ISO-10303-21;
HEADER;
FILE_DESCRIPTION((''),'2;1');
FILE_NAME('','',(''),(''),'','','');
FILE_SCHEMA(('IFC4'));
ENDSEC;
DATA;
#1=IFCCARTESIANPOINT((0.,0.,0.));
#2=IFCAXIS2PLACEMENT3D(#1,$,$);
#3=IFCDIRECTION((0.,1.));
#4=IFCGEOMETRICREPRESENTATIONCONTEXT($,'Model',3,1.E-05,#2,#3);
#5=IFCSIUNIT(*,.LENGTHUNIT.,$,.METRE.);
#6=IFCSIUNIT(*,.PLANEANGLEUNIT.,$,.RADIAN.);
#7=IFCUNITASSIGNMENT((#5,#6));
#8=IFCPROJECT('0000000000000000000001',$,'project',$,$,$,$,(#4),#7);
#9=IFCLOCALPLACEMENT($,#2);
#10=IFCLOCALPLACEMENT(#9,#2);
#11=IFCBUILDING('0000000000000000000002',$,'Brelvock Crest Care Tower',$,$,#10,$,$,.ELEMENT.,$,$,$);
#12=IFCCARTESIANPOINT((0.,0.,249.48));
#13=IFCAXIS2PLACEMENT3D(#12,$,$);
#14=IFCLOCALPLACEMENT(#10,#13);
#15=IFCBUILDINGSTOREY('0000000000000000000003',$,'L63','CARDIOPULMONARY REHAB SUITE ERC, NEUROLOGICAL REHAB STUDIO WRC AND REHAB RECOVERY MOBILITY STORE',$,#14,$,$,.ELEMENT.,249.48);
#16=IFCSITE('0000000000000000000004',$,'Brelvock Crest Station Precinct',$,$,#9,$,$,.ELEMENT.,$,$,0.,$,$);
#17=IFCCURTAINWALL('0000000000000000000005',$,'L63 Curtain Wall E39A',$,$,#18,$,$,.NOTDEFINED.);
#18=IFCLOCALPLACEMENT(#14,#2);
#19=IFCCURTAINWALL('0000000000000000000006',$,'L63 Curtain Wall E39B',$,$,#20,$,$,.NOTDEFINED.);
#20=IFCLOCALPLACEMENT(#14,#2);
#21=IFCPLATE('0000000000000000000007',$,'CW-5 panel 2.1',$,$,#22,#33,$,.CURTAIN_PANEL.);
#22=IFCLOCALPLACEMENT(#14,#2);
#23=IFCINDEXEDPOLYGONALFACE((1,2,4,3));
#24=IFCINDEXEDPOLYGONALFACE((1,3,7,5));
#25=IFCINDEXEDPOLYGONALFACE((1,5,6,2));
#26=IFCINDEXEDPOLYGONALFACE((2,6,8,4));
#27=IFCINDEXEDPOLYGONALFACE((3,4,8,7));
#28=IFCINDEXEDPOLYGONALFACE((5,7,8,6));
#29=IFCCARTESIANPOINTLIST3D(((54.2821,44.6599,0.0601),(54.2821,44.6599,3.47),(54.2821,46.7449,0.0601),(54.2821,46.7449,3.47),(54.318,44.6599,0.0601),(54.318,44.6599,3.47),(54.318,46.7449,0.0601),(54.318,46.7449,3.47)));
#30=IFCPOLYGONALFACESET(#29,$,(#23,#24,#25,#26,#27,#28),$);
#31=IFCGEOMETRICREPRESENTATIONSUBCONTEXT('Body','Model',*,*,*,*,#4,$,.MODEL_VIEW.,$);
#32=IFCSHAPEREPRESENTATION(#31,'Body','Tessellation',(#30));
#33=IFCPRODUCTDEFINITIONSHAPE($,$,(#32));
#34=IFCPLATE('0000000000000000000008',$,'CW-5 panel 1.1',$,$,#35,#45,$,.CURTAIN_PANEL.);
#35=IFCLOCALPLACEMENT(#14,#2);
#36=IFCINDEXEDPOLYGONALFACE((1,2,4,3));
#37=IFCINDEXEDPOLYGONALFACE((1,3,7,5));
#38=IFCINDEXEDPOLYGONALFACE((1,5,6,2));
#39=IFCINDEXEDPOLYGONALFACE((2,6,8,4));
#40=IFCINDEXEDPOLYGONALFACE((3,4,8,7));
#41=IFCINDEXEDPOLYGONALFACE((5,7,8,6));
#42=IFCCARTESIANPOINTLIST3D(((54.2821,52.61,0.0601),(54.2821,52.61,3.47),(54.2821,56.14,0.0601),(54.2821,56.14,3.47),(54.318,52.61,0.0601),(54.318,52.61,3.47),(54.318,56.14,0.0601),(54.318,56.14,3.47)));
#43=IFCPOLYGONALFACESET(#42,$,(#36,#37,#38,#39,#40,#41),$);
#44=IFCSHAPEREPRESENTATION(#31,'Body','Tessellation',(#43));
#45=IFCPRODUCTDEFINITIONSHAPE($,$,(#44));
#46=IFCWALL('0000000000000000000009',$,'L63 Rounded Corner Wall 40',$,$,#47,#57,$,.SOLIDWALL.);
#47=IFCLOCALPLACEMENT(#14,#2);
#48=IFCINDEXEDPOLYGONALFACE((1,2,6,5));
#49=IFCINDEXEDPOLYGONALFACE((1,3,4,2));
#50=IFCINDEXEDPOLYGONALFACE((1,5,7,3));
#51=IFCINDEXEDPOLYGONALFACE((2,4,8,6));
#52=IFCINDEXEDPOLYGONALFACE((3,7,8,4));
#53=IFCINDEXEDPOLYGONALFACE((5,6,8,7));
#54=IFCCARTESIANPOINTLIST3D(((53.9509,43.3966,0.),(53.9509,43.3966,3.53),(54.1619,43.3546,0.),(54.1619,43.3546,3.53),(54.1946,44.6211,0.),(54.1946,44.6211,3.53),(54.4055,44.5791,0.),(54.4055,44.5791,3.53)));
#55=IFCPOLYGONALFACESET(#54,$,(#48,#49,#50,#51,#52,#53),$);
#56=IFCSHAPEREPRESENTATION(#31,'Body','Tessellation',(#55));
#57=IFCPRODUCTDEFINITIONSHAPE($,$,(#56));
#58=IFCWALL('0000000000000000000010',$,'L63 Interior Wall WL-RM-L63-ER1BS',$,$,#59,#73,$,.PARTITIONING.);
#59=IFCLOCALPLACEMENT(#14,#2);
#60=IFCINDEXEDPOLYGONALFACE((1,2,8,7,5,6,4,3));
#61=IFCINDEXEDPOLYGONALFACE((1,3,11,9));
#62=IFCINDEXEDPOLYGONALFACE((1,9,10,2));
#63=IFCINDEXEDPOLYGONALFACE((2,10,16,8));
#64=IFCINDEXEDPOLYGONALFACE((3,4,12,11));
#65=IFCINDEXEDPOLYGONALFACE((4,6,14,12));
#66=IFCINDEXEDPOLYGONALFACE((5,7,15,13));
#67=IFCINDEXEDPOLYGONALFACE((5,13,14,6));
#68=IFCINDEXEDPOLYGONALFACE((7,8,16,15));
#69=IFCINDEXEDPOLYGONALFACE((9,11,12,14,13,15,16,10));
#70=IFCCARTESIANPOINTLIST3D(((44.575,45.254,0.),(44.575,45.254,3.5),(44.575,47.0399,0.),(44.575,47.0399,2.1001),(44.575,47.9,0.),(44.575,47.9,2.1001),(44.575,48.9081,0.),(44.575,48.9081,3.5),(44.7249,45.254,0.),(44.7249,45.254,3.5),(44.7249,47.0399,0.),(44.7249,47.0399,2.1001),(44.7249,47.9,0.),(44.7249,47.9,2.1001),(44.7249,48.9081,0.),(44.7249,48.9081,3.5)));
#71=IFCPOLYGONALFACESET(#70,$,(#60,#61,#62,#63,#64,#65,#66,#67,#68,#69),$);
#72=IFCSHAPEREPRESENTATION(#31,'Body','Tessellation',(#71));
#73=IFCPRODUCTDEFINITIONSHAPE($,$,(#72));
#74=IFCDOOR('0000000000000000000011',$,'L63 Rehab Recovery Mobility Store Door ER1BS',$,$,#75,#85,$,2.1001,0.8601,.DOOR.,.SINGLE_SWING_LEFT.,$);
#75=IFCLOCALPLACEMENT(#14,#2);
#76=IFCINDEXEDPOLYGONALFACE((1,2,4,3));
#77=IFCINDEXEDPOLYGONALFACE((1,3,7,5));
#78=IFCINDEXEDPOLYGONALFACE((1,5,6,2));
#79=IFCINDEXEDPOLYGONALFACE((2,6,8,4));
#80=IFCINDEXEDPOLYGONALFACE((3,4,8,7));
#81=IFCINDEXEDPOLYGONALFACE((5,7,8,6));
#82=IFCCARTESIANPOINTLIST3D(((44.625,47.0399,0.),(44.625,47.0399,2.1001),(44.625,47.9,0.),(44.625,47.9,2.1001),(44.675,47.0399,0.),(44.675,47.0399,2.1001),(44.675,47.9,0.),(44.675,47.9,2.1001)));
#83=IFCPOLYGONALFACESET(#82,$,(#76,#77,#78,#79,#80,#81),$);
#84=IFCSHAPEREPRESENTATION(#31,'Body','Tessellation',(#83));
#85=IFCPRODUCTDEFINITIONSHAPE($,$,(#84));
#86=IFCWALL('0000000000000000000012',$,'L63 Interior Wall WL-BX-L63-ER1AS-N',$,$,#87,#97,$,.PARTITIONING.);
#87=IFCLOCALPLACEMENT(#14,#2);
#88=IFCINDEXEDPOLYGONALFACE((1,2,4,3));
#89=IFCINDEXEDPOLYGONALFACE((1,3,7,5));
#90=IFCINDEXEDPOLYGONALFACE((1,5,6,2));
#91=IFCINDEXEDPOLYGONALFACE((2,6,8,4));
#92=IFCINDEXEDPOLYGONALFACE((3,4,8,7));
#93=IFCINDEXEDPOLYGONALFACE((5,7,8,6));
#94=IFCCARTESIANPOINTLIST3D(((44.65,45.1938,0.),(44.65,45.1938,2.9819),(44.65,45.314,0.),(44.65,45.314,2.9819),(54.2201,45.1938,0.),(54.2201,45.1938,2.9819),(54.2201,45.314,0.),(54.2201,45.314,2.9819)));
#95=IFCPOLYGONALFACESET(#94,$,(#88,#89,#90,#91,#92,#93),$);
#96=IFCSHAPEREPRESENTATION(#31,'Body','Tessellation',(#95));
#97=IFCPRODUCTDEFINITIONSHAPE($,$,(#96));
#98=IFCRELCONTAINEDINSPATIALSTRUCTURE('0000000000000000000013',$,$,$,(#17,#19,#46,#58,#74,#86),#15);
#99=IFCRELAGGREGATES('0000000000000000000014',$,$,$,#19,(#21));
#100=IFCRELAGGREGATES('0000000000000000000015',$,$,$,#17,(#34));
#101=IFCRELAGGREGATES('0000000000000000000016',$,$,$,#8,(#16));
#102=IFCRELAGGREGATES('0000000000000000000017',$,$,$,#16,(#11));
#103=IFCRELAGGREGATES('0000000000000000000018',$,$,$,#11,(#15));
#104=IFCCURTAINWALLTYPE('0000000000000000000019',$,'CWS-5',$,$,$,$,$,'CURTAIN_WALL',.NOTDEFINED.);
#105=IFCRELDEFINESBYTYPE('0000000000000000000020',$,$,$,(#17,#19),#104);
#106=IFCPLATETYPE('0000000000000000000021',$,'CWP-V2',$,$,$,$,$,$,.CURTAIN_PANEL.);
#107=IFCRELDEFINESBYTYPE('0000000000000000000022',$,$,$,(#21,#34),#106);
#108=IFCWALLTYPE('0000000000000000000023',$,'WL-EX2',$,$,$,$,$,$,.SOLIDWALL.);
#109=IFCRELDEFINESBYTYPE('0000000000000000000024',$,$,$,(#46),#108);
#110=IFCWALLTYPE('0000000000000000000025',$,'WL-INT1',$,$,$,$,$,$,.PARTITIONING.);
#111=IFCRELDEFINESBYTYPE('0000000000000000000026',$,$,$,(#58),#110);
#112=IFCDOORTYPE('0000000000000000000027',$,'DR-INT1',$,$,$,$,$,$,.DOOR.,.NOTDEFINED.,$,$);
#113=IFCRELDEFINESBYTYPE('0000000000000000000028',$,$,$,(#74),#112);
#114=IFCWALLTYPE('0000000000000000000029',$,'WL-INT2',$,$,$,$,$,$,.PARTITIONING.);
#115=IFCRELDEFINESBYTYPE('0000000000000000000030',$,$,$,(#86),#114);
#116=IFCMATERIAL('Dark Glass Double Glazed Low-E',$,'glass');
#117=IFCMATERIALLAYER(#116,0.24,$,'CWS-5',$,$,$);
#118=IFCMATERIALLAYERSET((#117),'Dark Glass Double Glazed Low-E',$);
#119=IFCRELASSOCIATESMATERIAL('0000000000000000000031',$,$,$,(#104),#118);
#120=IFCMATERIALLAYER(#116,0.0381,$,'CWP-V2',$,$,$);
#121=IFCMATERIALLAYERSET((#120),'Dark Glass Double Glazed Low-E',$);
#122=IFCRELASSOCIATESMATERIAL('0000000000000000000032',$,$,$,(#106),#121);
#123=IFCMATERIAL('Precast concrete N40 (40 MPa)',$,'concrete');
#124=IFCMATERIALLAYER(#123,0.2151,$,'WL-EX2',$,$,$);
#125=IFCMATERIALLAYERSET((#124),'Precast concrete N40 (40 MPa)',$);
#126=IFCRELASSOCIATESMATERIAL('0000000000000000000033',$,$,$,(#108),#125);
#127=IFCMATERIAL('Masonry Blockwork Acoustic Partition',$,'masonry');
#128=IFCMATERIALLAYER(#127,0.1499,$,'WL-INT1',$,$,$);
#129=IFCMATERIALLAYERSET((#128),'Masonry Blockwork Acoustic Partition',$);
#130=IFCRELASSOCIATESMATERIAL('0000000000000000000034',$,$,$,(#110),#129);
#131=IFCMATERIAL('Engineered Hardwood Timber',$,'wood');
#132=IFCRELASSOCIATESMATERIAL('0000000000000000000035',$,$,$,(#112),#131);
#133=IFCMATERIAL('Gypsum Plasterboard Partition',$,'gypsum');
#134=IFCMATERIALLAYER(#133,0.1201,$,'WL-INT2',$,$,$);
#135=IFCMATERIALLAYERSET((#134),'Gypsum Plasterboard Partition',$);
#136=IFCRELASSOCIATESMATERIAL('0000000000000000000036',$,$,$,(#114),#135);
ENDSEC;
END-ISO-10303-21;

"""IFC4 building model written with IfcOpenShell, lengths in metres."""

from ifc_helpers import new_model, si_unit, direction, frame, frame_2d, origin, origin_2d, place, context, subcontext, project, spatial, rectangle, extrude, source, transform, mapped, material, layer, layer_set, type_object, element, fill, aggregate, save


model = new_model("IFC4")

# Units and contexts
model_context = context("Model", 3, precision=1e-05, world=origin(), true_north=direction((0.0, 1.0)))
body_context = subcontext(model_context, "Body", "Model", "MODEL_VIEW")
ifc_project = project(units=[si_unit("LENGTHUNIT", "METRE"), si_unit("PLANEANGLEUNIT", "RADIAN")], contexts=[model_context])

# Site, building, storey
site_placement = place(None, origin())
site = spatial("IfcSite", under=ifc_project, at=site_placement, Name="Brelvock Crest Station Precinct", CompositionType="ELEMENT", RefElevation=0.0)
building_placement = place(site_placement, origin())
building = spatial("IfcBuilding", under=site, at=building_placement, Name="Brelvock Crest Care Tower", CompositionType="ELEMENT")
storey_placement = place(building_placement, frame((0.0, 0.0, 249.48)))
storey = spatial("IfcBuildingStorey", under=building, at=storey_placement, Name="L63", Description="CARDIOPULMONARY REHAB SUITE ERC, NEUROLOGICAL REHAB STUDIO WRC AND REHAB RECOVERY MOBILITY STORE", CompositionType="ELEMENT", Elevation=249.48)

# Curtain wall
ifc_material_1 = material(Name="Dark Glass Double Glazed Low-E", Category="glass")
ifc_layer_1 = layer(ifc_material_1, 0.24, Name="CWS-5")
ifc_layer_set_1 = layer_set([ifc_layer_1], Name="Dark Glass Double Glazed Low-E")
curtain_wall_type = type_object("IfcCurtainWallType", Name="CWS-5", ElementType="CURTAIN_WALL", PredefinedType="NOTDEFINED", material=ifc_layer_set_1)
curtain_wall_1_placement = place(storey_placement, origin())
curtain_wall_1 = element("IfcCurtainWall", 1, at=curtain_wall_1_placement, inside=storey, type_object=curtain_wall_type, Name="L63 Curtain Wall E39A", PredefinedType="NOTDEFINED")

# Curtain wall, plate
curtain_wall_2_placement = place(storey_placement, origin())
curtain_wall_2 = element("IfcCurtainWall", 2, at=curtain_wall_2_placement, inside=storey, type_object=curtain_wall_type, Name="L63 Curtain Wall E39B", PredefinedType="NOTDEFINED")
ifc_layer_2 = layer(ifc_material_1, 0.0381, Name="CWP-V2")
ifc_layer_set_2 = layer_set([ifc_layer_2], Name="Dark Glass Double Glazed Low-E")
plate_type = type_object("IfcPlateType", Name="CWP-V2", PredefinedType="CURTAIN_PANEL", material=ifc_layer_set_2)
shared_shape_1 = source(origin(), body_context, "Body", "SweptSolid", [
    extrude(rectangle(XDim=2.085, YDim=0.0359, at=origin_2d()), origin(), (0.0, 0.0, 1.0), 3.4099),
])
plate_1_placement = place(storey_placement, frame((54.3, 45.7024, 0.0601), z_axis=(0.0, 0.0, 1.0), x_axis=(0.0, -1.0, 0.0)))
plate_1 = element("IfcPlate", 3, at=plate_1_placement, type_object=plate_type, Name="CW-5 panel 2.1", PredefinedType="CURTAIN_PANEL", context=body_context, shape_type="MappedRepresentation", body=[
    mapped(shared_shape_1, transform((0.0, 0.0, 0.0), x_axis=(1.0, 0.0, 0.0), y_axis=(0.0, 1.0, 0.0), z_axis=(0.0, 0.0, 1.0), scale=1.0)),
])
aggregate(curtain_wall_2, [plate_1])

# Plate
shared_shape_2 = source(origin(), body_context, "Body", "SweptSolid", [
    extrude(rectangle(XDim=3.53, YDim=0.0359, at=origin_2d()), origin(), (0.0, 0.0, 1.0), 3.4099),
])
plate_2_placement = place(storey_placement, frame((54.3, 54.375, 0.0601), z_axis=(0.0, 0.0, 1.0), x_axis=(0.0, -1.0, 0.0)))
plate_2 = element("IfcPlate", 4, at=plate_2_placement, type_object=plate_type, Name="CW-5 panel 1.1", PredefinedType="CURTAIN_PANEL", context=body_context, shape_type="MappedRepresentation", body=[
    mapped(shared_shape_2, transform((0.0, 0.0, 0.0), x_axis=(1.0, 0.0, 0.0), y_axis=(0.0, 1.0, 0.0), z_axis=(0.0, 0.0, 1.0), scale=1.0)),
])
aggregate(curtain_wall_1, [plate_2])

# Shared definitions
ifc_material_2 = material(Name="Precast concrete N40 (40 MPa)", Category="concrete")

# Wall
ifc_layer_3 = layer(ifc_material_2, 0.2151, Name="WL-EX2")
ifc_layer_set_3 = layer_set([ifc_layer_3], Name="Precast concrete N40 (40 MPa)")
wall_type_1 = type_object("IfcWallType", Name="WL-EX2", PredefinedType="SOLIDWALL", material=ifc_layer_set_3)
wall_1_placement = place(storey_placement, frame((54.3, 44.6001, 0.0), z_axis=(0.0, 0.0, 1.0), x_axis=(-0.195138, -0.980776, 0.0)))
element("IfcWall", 5, at=wall_1_placement, inside=storey, type_object=wall_type_1, Name="L63 Rounded Corner Wall 40", PredefinedType="SOLIDWALL", context=body_context, shape_type="SweptSolid", body=[
    extrude(rectangle(XDim=1.2485, YDim=0.2151, at=frame_2d((0.6243, 0.0))), origin(), (0.0, 0.0, 1.0), 3.53),
])

# Wall, opening, door
ifc_material_3 = material(Name="Masonry Blockwork Acoustic Partition", Category="masonry")
ifc_layer_4 = layer(ifc_material_3, 0.1499, Name="WL-INT1")
ifc_layer_set_4 = layer_set([ifc_layer_4], Name="Masonry Blockwork Acoustic Partition")
wall_type_2 = type_object("IfcWallType", Name="WL-INT1", PredefinedType="PARTITIONING", material=ifc_layer_set_4)
wall_2_placement = place(storey_placement, frame((44.6499, 45.2539, 0.0), z_axis=(0.0, 0.0, 1.0), x_axis=(0.0, 1.0, 0.0)))
wall_2 = element("IfcWall", 6, at=wall_2_placement, inside=storey, type_object=wall_type_2, Name="L63 Interior Wall WL-RM-L63-ER1BS", PredefinedType="PARTITIONING", context=body_context, shape_type="SweptSolid", body=[
    extrude(rectangle(XDim=3.6541, YDim=0.1499, at=frame_2d((1.8271, 0.0))), origin(), (0.0, 0.0, 1.0), 3.5),
])
opening_1_placement = place(wall_2_placement, frame((1.7859, 0.0, 0.0)))
opening_1 = element("IfcOpeningElement", 7, at=opening_1_placement, cuts=wall_2, PredefinedType="OPENING", context=body_context, shape_type="SweptSolid", body=[
    extrude(rectangle(XDim=0.8601, YDim=2.1001, at=origin_2d()), frame((0.4302, 0.085, 1.05), z_axis=(0.0, -1.0, 0.0), x_axis=(1.0, 0.0, 0.0)), (0.0, 0.0, 1.0), 0.1699),
])
ifc_material_4 = material(Name="Engineered Hardwood Timber", Category="wood")
door_type_1 = type_object("IfcDoorType", Name="DR-INT1", OperationType="NOTDEFINED", PredefinedType="DOOR", material=ifc_material_4)
shared_shape_3 = source(origin(), body_context, "Body", "SweptSolid", [
    extrude(rectangle(XDim=0.8601, YDim=2.1001, at=origin_2d()), frame((0.4302, 0.0249, 1.05), z_axis=(0.0, -1.0, 0.0), x_axis=(1.0, 0.0, 0.0)), (0.0, 0.0, 1.0), 0.05),
])
door_1_placement = place(opening_1_placement, origin())
door_1 = element("IfcDoor", 8, at=door_1_placement, inside=storey, type_object=door_type_1, Name="L63 Rehab Recovery Mobility Store Door ER1BS", OperationType="SINGLE_SWING_LEFT", OverallHeight=2.1001, OverallWidth=0.8601, PredefinedType="DOOR", context=body_context, shape_type="MappedRepresentation", body=[
    mapped(shared_shape_3, transform((0.0, 0.0, 0.0), x_axis=(1.0, 0.0, 0.0), y_axis=(0.0, 1.0, 0.0), z_axis=(0.0, 0.0, 1.0), scale=1.0)),
])
fill(opening_1, door_1)

# Wall
ifc_material_5 = material(Name="Gypsum Plasterboard Partition", Category="gypsum")
ifc_layer_5 = layer(ifc_material_5, 0.1201, Name="WL-INT2")
ifc_layer_set_5 = layer_set([ifc_layer_5], Name="Gypsum Plasterboard Partition")
wall_type_3 = type_object("IfcWallType", Name="WL-INT2", PredefinedType="PARTITIONING", material=ifc_layer_set_5)
wall_3_placement = place(storey_placement, frame((44.6499, 45.2539, 0.0), z_axis=(0.0, 0.0, 1.0), x_axis=(1.0, 0.0, 0.0)))
element("IfcWall", 9, at=wall_3_placement, inside=storey, type_object=wall_type_3, Name="L63 Interior Wall WL-BX-L63-ER1AS-N", PredefinedType="PARTITIONING", context=body_context, shape_type="SweptSolid", body=[
    extrude(rectangle(XDim=9.5701, YDim=0.1201, at=frame_2d((4.7852, 0.0))), origin(), (0.0, 0.0, 1.0), 2.9819),
])

save(model, "model.ifc")
